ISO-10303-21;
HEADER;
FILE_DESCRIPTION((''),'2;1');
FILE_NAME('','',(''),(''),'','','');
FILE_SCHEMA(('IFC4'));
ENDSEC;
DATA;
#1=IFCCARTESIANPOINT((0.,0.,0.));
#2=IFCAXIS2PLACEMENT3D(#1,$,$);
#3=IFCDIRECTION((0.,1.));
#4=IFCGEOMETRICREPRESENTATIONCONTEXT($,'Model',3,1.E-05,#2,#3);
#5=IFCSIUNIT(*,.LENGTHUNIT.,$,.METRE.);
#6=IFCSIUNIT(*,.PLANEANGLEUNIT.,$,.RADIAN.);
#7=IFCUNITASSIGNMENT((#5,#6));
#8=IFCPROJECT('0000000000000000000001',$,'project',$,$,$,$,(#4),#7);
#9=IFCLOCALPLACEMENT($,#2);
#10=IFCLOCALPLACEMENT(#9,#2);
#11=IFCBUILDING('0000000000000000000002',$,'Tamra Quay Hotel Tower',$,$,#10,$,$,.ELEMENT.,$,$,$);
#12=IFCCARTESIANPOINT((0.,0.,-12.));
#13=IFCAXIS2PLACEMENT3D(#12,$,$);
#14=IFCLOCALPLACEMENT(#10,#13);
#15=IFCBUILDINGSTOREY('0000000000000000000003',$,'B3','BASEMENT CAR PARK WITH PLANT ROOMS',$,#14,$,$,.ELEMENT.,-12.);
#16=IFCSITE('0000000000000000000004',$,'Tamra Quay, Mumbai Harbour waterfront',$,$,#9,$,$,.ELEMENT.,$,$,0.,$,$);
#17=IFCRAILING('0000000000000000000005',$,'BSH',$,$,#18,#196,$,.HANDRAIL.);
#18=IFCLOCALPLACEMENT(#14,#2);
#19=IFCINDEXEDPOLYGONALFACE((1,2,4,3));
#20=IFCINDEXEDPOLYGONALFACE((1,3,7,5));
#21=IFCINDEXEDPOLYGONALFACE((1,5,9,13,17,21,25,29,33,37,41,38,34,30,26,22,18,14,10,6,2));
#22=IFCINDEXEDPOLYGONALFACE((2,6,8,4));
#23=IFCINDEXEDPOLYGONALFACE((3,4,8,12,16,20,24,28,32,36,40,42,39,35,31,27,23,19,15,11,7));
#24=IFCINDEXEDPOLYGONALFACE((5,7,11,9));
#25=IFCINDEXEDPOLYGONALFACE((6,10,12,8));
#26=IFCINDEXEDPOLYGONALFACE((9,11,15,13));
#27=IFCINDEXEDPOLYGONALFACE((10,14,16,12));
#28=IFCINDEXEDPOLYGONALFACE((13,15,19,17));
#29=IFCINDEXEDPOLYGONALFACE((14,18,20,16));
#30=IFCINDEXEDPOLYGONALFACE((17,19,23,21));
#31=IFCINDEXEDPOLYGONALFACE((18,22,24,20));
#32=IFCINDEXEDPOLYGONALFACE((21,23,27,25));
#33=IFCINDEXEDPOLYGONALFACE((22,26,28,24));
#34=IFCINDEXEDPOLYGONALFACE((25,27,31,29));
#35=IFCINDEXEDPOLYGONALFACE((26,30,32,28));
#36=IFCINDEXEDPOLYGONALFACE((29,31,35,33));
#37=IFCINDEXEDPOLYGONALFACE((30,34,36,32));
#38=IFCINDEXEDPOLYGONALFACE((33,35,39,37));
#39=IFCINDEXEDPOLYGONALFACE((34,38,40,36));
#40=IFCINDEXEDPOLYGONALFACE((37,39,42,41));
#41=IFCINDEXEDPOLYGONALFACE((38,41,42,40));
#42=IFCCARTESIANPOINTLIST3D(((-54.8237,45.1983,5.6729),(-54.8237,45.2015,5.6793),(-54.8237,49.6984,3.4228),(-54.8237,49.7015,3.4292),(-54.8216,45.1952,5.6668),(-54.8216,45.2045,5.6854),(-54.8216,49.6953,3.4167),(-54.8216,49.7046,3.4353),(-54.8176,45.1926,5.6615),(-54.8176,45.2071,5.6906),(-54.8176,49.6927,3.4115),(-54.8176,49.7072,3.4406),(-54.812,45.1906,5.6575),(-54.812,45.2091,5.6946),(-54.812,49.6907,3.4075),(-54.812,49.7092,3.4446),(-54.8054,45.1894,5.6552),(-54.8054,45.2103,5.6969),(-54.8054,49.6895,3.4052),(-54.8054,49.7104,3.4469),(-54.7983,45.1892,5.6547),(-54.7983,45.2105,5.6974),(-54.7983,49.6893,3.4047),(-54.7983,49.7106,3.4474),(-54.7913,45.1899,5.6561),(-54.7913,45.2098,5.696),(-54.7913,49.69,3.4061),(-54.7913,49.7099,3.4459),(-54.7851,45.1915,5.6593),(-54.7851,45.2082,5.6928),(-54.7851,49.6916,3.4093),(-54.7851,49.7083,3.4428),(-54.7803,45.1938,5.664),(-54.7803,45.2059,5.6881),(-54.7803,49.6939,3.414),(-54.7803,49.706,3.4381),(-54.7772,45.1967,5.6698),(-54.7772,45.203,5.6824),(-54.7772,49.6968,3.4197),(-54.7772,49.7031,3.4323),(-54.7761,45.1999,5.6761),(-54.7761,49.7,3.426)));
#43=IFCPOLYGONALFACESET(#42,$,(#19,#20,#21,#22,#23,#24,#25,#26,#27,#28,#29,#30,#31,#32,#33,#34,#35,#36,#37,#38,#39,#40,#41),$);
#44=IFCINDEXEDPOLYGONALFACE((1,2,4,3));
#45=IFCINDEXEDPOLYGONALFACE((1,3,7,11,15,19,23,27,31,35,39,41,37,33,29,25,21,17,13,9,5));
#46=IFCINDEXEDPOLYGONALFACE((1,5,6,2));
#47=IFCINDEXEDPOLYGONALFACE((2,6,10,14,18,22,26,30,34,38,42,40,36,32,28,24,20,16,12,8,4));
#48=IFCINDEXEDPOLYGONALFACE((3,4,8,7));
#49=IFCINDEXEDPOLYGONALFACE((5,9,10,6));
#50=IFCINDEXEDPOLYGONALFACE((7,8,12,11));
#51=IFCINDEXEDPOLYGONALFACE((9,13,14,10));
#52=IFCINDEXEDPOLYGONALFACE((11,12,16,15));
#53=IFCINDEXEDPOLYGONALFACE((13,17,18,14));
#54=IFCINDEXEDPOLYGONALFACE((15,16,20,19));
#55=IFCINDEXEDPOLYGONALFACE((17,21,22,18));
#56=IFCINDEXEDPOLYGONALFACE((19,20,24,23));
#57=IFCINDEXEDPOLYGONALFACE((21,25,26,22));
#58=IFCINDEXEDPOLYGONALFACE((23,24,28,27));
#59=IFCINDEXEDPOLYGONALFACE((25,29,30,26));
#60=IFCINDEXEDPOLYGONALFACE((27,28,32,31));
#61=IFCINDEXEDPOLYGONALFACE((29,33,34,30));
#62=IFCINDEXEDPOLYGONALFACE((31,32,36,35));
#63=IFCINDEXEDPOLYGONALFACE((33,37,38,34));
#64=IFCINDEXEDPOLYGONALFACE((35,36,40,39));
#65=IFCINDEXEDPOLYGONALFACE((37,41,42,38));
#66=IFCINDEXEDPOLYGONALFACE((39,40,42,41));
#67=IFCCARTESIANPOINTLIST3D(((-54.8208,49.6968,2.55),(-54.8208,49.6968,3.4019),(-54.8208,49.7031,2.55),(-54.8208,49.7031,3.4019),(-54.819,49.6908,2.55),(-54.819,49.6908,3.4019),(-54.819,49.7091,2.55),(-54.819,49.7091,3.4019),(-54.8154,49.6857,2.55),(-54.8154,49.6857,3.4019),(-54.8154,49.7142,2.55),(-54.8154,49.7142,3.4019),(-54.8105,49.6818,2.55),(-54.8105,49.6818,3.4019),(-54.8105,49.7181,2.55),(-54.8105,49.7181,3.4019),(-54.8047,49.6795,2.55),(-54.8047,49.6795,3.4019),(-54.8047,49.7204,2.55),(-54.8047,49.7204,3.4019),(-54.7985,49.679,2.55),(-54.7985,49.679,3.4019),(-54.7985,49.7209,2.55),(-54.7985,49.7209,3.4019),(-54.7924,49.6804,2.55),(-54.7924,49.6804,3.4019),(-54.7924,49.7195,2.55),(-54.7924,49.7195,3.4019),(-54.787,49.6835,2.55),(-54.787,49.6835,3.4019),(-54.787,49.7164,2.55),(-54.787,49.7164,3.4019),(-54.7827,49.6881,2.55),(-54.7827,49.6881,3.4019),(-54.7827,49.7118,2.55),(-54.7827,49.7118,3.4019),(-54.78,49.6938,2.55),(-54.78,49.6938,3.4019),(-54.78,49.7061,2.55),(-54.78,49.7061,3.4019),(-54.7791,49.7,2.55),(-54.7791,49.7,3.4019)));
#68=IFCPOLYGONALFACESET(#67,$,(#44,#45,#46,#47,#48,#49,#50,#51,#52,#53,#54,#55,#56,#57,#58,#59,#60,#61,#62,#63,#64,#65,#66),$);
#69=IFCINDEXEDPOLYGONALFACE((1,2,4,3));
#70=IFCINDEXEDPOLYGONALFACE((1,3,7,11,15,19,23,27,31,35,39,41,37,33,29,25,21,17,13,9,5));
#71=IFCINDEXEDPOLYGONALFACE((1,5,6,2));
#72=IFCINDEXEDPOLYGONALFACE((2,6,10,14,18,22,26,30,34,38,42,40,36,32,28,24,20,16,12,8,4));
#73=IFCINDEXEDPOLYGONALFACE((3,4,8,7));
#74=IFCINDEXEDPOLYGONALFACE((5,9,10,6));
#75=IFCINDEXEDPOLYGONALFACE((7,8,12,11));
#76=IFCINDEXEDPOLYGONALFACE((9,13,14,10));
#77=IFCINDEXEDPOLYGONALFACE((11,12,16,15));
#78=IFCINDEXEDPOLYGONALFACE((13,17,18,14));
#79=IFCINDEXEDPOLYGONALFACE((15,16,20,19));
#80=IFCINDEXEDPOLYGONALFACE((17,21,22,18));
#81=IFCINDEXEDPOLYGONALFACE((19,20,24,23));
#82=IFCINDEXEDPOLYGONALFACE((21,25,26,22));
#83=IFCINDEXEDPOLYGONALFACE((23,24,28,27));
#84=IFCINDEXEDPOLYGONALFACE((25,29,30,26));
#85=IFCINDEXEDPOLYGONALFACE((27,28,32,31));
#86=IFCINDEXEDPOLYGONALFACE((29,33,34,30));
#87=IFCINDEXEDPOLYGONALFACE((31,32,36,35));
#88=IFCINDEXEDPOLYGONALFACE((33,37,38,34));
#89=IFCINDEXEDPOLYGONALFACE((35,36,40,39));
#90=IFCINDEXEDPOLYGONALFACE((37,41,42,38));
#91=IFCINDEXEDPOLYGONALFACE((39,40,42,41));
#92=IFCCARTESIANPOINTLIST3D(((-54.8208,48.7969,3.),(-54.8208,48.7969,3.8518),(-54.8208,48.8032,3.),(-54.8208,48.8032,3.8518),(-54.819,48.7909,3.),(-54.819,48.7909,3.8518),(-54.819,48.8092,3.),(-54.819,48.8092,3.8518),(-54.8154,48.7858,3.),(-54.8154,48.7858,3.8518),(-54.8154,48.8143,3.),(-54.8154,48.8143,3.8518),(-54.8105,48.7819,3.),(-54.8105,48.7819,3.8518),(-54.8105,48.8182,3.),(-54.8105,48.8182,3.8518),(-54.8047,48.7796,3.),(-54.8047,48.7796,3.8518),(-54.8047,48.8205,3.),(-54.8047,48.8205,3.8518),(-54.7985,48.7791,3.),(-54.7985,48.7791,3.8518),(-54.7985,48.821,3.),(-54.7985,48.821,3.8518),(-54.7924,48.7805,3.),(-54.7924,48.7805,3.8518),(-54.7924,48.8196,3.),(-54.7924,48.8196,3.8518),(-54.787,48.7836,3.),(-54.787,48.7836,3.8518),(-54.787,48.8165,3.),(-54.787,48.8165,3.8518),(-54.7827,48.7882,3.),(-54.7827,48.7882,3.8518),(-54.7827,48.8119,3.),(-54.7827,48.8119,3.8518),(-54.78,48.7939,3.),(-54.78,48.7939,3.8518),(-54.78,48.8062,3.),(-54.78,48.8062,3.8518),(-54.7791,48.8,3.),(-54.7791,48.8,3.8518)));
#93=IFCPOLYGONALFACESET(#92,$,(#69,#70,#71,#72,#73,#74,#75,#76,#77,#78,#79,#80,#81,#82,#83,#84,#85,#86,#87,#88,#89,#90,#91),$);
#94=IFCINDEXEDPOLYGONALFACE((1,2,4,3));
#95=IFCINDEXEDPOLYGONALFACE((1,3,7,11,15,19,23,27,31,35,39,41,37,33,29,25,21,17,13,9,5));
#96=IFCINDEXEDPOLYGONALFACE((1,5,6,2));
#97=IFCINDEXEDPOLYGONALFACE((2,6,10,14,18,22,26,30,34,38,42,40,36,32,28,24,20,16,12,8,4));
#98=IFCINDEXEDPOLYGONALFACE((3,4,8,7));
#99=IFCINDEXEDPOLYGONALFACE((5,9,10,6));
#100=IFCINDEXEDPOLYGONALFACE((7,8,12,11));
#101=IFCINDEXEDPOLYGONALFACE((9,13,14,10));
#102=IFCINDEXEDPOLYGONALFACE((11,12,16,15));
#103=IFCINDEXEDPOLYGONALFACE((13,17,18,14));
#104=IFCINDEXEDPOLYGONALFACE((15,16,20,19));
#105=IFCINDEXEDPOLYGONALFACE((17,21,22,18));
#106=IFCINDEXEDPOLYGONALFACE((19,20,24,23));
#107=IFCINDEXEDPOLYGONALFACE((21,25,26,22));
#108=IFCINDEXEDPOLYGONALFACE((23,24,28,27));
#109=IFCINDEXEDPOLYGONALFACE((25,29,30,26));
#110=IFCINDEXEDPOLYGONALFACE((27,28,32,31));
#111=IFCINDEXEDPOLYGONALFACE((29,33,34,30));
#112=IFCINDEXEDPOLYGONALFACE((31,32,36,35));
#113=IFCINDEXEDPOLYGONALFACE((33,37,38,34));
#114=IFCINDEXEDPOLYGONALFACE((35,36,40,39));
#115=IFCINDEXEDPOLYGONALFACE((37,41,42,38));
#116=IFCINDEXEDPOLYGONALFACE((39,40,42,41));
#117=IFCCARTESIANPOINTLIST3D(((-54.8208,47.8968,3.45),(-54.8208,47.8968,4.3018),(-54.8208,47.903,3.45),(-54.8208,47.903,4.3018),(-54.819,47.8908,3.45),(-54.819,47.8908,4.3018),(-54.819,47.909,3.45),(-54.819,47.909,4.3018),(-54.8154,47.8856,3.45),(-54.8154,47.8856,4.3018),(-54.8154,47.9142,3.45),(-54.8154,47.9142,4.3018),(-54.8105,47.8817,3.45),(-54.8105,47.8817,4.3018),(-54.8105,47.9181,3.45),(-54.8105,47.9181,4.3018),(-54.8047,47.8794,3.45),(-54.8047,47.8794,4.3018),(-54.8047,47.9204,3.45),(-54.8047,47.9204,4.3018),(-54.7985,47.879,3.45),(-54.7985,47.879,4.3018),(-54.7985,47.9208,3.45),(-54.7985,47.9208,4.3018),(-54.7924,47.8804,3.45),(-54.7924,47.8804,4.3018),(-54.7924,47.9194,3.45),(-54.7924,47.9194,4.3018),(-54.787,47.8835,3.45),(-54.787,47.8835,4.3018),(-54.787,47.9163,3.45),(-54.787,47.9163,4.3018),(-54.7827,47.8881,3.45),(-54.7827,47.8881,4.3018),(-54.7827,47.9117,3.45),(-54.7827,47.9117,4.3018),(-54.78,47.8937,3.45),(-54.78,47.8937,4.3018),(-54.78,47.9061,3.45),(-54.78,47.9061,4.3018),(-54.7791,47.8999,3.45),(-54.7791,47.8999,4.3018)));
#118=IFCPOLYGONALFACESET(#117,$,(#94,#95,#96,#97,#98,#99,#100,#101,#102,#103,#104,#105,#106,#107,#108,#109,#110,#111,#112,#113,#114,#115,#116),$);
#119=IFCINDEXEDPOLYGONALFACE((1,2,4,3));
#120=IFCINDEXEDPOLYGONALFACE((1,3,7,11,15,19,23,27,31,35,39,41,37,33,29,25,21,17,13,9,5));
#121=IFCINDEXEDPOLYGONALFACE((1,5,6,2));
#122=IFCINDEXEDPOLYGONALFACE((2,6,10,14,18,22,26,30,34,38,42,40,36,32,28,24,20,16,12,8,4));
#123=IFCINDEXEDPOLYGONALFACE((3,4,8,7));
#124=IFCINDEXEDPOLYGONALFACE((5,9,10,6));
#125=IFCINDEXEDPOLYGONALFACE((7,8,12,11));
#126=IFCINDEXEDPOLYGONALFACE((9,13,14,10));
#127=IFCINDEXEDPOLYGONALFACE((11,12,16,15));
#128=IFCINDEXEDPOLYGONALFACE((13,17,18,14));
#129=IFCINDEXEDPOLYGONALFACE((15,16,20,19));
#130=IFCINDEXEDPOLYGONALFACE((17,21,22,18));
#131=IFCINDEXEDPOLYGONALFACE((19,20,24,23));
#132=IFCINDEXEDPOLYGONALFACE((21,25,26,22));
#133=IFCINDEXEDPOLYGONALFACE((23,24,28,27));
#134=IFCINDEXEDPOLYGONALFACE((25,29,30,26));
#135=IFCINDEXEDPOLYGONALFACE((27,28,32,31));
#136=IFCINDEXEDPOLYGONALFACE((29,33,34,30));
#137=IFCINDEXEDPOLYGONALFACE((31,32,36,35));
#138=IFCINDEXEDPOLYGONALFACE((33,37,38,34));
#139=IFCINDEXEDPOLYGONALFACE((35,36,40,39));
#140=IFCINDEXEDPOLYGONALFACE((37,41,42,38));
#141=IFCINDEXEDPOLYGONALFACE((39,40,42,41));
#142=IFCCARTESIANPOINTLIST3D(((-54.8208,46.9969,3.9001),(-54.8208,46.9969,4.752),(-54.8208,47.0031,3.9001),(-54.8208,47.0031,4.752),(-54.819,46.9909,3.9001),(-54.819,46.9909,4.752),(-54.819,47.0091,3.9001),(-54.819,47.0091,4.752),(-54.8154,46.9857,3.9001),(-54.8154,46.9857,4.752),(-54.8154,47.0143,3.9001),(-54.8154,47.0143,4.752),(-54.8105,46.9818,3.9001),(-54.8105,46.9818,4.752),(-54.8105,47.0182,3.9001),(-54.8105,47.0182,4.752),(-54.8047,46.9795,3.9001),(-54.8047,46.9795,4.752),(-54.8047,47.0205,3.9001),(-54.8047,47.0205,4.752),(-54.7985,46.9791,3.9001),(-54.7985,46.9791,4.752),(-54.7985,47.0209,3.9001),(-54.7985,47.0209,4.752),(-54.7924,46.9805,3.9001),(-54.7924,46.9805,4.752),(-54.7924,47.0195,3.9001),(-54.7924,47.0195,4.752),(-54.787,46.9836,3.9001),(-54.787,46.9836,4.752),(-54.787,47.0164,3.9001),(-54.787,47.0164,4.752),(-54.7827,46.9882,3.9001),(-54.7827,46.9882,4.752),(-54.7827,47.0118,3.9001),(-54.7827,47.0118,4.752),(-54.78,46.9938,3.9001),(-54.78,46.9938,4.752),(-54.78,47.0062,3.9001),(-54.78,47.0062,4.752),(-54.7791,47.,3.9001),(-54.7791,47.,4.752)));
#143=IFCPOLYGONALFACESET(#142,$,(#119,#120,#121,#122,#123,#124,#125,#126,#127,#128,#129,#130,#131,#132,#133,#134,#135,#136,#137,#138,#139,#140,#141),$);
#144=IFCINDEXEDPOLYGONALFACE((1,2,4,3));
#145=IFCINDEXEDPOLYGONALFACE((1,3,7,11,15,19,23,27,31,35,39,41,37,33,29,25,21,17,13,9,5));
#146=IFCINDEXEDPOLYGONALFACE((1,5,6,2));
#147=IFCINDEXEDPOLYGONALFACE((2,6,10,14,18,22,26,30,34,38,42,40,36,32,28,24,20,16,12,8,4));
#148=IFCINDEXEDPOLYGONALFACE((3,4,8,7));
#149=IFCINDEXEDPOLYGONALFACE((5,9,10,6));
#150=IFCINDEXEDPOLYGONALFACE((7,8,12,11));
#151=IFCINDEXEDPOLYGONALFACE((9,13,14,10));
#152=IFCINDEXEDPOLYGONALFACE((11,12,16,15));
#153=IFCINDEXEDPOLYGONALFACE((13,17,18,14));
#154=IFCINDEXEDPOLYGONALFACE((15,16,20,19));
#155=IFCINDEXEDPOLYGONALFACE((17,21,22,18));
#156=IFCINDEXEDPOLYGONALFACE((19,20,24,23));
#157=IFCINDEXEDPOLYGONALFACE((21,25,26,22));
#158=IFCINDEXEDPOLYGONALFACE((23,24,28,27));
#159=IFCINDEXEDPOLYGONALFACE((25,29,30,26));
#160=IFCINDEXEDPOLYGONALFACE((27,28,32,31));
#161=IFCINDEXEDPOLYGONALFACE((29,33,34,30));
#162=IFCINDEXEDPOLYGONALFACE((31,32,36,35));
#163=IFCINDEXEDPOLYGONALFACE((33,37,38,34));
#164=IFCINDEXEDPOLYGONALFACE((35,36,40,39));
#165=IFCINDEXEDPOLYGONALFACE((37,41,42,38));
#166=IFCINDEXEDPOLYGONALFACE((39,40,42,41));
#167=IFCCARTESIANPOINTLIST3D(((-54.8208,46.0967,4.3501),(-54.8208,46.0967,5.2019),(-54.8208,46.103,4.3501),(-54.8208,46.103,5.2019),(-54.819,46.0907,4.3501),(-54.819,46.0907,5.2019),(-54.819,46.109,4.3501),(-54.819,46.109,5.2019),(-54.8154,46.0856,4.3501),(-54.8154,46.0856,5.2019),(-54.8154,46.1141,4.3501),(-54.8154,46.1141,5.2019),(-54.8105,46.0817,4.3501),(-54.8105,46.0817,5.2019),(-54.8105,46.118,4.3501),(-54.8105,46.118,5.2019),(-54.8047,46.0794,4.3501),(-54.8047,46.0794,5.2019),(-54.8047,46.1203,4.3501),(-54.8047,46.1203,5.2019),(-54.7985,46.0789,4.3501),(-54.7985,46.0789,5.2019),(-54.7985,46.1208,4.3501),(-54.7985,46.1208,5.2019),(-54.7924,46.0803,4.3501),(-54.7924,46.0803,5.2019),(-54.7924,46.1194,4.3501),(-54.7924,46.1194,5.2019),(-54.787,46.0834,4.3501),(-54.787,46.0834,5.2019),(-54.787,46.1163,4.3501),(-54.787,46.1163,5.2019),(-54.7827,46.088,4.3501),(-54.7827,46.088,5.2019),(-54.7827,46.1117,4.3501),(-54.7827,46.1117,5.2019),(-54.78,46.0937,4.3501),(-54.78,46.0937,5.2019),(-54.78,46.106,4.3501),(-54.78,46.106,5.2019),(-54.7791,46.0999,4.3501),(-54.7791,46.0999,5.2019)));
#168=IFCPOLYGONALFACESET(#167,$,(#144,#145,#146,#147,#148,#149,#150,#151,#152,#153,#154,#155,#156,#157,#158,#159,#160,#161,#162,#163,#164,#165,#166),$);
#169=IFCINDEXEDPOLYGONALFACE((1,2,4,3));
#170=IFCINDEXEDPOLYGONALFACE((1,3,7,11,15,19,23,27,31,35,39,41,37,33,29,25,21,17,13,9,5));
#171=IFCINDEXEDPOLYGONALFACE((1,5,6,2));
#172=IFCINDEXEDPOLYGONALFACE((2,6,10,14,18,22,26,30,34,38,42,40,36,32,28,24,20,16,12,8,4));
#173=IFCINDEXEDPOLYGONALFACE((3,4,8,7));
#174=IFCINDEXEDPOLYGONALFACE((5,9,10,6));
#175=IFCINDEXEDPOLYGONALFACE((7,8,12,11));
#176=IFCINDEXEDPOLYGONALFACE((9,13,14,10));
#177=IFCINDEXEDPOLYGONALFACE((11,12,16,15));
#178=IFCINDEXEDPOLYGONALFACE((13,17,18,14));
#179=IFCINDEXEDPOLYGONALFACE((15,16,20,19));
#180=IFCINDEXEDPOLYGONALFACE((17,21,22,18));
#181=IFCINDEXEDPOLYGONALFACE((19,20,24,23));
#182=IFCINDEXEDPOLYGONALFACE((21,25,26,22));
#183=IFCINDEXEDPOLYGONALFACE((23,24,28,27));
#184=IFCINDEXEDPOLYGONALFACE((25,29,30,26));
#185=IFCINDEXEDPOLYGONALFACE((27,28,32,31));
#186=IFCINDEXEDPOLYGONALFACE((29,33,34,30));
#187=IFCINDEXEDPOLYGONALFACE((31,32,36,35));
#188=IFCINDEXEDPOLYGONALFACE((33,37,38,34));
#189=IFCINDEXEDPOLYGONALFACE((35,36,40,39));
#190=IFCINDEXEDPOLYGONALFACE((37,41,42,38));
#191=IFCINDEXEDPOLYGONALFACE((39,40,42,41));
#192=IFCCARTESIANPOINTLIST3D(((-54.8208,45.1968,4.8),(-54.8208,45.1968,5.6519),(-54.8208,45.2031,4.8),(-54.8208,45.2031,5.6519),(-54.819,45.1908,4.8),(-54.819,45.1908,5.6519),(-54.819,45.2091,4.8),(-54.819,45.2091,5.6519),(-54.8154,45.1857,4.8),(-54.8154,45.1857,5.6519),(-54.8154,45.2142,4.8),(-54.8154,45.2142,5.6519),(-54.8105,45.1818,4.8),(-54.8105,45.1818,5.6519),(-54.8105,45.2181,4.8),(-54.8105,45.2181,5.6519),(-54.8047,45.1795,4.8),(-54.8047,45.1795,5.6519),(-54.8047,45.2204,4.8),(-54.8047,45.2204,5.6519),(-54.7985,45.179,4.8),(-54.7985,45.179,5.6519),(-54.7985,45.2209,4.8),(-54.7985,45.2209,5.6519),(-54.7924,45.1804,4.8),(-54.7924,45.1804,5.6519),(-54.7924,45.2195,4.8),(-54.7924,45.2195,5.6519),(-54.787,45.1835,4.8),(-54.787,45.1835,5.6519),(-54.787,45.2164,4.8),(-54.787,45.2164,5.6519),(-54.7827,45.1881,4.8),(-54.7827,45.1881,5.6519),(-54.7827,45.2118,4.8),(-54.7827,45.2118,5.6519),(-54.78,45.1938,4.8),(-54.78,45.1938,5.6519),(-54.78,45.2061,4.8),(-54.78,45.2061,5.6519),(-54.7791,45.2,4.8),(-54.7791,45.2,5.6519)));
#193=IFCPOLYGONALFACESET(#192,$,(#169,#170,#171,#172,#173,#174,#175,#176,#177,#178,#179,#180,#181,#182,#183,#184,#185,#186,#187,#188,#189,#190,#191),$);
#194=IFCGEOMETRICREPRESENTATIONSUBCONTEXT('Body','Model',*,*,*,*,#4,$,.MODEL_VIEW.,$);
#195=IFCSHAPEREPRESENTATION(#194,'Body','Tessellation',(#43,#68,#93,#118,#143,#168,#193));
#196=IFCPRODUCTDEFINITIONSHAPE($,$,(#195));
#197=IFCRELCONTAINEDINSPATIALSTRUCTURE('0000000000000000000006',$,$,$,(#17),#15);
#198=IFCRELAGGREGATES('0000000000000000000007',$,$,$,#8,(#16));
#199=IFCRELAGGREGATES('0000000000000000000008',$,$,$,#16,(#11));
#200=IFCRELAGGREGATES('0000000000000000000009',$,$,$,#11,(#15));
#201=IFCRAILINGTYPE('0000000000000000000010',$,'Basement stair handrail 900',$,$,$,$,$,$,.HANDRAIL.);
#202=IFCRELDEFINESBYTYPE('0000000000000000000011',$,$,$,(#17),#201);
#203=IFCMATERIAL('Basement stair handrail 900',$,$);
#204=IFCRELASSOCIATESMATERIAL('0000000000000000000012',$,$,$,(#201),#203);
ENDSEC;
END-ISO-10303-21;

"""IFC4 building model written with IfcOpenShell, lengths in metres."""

from ifc_helpers import new_model, si_unit, direction, frame, origin, origin_2d, place, context, subcontext, project, spatial, circle, extrude, material, type_object, element, save


model = new_model("IFC4")

# Units and contexts
model_context = context("Model", 3, precision=1e-05, world=origin(), true_north=direction((0.0, 1.0)))
body_context = subcontext(model_context, "Body", "Model", "MODEL_VIEW")
ifc_project = project(units=[si_unit("LENGTHUNIT", "METRE"), si_unit("PLANEANGLEUNIT", "RADIAN")], contexts=[model_context])

# Site, building, storey
site_placement = place(None, origin())
site = spatial("IfcSite", under=ifc_project, at=site_placement, Name="Tamra Quay, Mumbai Harbour waterfront", CompositionType="ELEMENT", RefElevation=0.0)
building_placement = place(site_placement, origin())
building = spatial("IfcBuilding", under=site, at=building_placement, Name="Tamra Quay Hotel Tower", CompositionType="ELEMENT")
storey_placement = place(building_placement, frame((0.0, 0.0, -12.0)))
storey = spatial("IfcBuildingStorey", under=building, at=storey_placement, Name="B3", Description="BASEMENT CAR PARK WITH PLANT ROOMS", CompositionType="ELEMENT", Elevation=-12.0)

# Railing
ifc_material_1 = material(Name="Basement stair handrail 900")
railing_type_1 = type_object("IfcRailingType", Name="Basement stair handrail 900", PredefinedType="HANDRAIL", material=ifc_material_1)
for number, where, name in (
    (1, (-54.8, 49.7, 2.55), "BSH"),
):
    element("IfcRailing", number, at=place(storey_placement, frame(where)), inside=storey, type_object=railing_type_1, Name=name, PredefinedType="HANDRAIL", context=body_context, shape_type="SweptSolid", body=[
        extrude(circle(Radius=0.0239, at=origin_2d()), frame((0.0, 0.0, 0.876), z_axis=(0.0, -0.894427, 0.447214), x_axis=(1.0, 0.0, 0.0)), (0.0, 0.0, 1.0), 5.0312),
        extrude(circle(Radius=0.021, at=origin_2d()), origin(), (0.0, 0.0, 1.0), 0.8518),
        extrude(circle(Radius=0.021, at=origin_2d()), frame((0.0, -0.8999, 0.45)), (0.0, 0.0, 1.0), 0.8518),
        extrude(circle(Radius=0.021, at=origin_2d()), frame((0.0, -1.8, 0.8999)), (0.0, 0.0, 1.0), 0.8518),
        extrude(circle(Radius=0.021, at=origin_2d()), frame((0.0, -2.7, 1.3501)), (0.0, 0.0, 1.0), 0.8518),
        extrude(circle(Radius=0.021, at=origin_2d()), frame((0.0, -3.6001, 1.8)), (0.0, 0.0, 1.0), 0.8518),
        extrude(circle(Radius=0.021, at=origin_2d()), frame((0.0, -4.5, 2.25)), (0.0, 0.0, 1.0), 0.8518),
    ])

save(model, "model.ifc")
